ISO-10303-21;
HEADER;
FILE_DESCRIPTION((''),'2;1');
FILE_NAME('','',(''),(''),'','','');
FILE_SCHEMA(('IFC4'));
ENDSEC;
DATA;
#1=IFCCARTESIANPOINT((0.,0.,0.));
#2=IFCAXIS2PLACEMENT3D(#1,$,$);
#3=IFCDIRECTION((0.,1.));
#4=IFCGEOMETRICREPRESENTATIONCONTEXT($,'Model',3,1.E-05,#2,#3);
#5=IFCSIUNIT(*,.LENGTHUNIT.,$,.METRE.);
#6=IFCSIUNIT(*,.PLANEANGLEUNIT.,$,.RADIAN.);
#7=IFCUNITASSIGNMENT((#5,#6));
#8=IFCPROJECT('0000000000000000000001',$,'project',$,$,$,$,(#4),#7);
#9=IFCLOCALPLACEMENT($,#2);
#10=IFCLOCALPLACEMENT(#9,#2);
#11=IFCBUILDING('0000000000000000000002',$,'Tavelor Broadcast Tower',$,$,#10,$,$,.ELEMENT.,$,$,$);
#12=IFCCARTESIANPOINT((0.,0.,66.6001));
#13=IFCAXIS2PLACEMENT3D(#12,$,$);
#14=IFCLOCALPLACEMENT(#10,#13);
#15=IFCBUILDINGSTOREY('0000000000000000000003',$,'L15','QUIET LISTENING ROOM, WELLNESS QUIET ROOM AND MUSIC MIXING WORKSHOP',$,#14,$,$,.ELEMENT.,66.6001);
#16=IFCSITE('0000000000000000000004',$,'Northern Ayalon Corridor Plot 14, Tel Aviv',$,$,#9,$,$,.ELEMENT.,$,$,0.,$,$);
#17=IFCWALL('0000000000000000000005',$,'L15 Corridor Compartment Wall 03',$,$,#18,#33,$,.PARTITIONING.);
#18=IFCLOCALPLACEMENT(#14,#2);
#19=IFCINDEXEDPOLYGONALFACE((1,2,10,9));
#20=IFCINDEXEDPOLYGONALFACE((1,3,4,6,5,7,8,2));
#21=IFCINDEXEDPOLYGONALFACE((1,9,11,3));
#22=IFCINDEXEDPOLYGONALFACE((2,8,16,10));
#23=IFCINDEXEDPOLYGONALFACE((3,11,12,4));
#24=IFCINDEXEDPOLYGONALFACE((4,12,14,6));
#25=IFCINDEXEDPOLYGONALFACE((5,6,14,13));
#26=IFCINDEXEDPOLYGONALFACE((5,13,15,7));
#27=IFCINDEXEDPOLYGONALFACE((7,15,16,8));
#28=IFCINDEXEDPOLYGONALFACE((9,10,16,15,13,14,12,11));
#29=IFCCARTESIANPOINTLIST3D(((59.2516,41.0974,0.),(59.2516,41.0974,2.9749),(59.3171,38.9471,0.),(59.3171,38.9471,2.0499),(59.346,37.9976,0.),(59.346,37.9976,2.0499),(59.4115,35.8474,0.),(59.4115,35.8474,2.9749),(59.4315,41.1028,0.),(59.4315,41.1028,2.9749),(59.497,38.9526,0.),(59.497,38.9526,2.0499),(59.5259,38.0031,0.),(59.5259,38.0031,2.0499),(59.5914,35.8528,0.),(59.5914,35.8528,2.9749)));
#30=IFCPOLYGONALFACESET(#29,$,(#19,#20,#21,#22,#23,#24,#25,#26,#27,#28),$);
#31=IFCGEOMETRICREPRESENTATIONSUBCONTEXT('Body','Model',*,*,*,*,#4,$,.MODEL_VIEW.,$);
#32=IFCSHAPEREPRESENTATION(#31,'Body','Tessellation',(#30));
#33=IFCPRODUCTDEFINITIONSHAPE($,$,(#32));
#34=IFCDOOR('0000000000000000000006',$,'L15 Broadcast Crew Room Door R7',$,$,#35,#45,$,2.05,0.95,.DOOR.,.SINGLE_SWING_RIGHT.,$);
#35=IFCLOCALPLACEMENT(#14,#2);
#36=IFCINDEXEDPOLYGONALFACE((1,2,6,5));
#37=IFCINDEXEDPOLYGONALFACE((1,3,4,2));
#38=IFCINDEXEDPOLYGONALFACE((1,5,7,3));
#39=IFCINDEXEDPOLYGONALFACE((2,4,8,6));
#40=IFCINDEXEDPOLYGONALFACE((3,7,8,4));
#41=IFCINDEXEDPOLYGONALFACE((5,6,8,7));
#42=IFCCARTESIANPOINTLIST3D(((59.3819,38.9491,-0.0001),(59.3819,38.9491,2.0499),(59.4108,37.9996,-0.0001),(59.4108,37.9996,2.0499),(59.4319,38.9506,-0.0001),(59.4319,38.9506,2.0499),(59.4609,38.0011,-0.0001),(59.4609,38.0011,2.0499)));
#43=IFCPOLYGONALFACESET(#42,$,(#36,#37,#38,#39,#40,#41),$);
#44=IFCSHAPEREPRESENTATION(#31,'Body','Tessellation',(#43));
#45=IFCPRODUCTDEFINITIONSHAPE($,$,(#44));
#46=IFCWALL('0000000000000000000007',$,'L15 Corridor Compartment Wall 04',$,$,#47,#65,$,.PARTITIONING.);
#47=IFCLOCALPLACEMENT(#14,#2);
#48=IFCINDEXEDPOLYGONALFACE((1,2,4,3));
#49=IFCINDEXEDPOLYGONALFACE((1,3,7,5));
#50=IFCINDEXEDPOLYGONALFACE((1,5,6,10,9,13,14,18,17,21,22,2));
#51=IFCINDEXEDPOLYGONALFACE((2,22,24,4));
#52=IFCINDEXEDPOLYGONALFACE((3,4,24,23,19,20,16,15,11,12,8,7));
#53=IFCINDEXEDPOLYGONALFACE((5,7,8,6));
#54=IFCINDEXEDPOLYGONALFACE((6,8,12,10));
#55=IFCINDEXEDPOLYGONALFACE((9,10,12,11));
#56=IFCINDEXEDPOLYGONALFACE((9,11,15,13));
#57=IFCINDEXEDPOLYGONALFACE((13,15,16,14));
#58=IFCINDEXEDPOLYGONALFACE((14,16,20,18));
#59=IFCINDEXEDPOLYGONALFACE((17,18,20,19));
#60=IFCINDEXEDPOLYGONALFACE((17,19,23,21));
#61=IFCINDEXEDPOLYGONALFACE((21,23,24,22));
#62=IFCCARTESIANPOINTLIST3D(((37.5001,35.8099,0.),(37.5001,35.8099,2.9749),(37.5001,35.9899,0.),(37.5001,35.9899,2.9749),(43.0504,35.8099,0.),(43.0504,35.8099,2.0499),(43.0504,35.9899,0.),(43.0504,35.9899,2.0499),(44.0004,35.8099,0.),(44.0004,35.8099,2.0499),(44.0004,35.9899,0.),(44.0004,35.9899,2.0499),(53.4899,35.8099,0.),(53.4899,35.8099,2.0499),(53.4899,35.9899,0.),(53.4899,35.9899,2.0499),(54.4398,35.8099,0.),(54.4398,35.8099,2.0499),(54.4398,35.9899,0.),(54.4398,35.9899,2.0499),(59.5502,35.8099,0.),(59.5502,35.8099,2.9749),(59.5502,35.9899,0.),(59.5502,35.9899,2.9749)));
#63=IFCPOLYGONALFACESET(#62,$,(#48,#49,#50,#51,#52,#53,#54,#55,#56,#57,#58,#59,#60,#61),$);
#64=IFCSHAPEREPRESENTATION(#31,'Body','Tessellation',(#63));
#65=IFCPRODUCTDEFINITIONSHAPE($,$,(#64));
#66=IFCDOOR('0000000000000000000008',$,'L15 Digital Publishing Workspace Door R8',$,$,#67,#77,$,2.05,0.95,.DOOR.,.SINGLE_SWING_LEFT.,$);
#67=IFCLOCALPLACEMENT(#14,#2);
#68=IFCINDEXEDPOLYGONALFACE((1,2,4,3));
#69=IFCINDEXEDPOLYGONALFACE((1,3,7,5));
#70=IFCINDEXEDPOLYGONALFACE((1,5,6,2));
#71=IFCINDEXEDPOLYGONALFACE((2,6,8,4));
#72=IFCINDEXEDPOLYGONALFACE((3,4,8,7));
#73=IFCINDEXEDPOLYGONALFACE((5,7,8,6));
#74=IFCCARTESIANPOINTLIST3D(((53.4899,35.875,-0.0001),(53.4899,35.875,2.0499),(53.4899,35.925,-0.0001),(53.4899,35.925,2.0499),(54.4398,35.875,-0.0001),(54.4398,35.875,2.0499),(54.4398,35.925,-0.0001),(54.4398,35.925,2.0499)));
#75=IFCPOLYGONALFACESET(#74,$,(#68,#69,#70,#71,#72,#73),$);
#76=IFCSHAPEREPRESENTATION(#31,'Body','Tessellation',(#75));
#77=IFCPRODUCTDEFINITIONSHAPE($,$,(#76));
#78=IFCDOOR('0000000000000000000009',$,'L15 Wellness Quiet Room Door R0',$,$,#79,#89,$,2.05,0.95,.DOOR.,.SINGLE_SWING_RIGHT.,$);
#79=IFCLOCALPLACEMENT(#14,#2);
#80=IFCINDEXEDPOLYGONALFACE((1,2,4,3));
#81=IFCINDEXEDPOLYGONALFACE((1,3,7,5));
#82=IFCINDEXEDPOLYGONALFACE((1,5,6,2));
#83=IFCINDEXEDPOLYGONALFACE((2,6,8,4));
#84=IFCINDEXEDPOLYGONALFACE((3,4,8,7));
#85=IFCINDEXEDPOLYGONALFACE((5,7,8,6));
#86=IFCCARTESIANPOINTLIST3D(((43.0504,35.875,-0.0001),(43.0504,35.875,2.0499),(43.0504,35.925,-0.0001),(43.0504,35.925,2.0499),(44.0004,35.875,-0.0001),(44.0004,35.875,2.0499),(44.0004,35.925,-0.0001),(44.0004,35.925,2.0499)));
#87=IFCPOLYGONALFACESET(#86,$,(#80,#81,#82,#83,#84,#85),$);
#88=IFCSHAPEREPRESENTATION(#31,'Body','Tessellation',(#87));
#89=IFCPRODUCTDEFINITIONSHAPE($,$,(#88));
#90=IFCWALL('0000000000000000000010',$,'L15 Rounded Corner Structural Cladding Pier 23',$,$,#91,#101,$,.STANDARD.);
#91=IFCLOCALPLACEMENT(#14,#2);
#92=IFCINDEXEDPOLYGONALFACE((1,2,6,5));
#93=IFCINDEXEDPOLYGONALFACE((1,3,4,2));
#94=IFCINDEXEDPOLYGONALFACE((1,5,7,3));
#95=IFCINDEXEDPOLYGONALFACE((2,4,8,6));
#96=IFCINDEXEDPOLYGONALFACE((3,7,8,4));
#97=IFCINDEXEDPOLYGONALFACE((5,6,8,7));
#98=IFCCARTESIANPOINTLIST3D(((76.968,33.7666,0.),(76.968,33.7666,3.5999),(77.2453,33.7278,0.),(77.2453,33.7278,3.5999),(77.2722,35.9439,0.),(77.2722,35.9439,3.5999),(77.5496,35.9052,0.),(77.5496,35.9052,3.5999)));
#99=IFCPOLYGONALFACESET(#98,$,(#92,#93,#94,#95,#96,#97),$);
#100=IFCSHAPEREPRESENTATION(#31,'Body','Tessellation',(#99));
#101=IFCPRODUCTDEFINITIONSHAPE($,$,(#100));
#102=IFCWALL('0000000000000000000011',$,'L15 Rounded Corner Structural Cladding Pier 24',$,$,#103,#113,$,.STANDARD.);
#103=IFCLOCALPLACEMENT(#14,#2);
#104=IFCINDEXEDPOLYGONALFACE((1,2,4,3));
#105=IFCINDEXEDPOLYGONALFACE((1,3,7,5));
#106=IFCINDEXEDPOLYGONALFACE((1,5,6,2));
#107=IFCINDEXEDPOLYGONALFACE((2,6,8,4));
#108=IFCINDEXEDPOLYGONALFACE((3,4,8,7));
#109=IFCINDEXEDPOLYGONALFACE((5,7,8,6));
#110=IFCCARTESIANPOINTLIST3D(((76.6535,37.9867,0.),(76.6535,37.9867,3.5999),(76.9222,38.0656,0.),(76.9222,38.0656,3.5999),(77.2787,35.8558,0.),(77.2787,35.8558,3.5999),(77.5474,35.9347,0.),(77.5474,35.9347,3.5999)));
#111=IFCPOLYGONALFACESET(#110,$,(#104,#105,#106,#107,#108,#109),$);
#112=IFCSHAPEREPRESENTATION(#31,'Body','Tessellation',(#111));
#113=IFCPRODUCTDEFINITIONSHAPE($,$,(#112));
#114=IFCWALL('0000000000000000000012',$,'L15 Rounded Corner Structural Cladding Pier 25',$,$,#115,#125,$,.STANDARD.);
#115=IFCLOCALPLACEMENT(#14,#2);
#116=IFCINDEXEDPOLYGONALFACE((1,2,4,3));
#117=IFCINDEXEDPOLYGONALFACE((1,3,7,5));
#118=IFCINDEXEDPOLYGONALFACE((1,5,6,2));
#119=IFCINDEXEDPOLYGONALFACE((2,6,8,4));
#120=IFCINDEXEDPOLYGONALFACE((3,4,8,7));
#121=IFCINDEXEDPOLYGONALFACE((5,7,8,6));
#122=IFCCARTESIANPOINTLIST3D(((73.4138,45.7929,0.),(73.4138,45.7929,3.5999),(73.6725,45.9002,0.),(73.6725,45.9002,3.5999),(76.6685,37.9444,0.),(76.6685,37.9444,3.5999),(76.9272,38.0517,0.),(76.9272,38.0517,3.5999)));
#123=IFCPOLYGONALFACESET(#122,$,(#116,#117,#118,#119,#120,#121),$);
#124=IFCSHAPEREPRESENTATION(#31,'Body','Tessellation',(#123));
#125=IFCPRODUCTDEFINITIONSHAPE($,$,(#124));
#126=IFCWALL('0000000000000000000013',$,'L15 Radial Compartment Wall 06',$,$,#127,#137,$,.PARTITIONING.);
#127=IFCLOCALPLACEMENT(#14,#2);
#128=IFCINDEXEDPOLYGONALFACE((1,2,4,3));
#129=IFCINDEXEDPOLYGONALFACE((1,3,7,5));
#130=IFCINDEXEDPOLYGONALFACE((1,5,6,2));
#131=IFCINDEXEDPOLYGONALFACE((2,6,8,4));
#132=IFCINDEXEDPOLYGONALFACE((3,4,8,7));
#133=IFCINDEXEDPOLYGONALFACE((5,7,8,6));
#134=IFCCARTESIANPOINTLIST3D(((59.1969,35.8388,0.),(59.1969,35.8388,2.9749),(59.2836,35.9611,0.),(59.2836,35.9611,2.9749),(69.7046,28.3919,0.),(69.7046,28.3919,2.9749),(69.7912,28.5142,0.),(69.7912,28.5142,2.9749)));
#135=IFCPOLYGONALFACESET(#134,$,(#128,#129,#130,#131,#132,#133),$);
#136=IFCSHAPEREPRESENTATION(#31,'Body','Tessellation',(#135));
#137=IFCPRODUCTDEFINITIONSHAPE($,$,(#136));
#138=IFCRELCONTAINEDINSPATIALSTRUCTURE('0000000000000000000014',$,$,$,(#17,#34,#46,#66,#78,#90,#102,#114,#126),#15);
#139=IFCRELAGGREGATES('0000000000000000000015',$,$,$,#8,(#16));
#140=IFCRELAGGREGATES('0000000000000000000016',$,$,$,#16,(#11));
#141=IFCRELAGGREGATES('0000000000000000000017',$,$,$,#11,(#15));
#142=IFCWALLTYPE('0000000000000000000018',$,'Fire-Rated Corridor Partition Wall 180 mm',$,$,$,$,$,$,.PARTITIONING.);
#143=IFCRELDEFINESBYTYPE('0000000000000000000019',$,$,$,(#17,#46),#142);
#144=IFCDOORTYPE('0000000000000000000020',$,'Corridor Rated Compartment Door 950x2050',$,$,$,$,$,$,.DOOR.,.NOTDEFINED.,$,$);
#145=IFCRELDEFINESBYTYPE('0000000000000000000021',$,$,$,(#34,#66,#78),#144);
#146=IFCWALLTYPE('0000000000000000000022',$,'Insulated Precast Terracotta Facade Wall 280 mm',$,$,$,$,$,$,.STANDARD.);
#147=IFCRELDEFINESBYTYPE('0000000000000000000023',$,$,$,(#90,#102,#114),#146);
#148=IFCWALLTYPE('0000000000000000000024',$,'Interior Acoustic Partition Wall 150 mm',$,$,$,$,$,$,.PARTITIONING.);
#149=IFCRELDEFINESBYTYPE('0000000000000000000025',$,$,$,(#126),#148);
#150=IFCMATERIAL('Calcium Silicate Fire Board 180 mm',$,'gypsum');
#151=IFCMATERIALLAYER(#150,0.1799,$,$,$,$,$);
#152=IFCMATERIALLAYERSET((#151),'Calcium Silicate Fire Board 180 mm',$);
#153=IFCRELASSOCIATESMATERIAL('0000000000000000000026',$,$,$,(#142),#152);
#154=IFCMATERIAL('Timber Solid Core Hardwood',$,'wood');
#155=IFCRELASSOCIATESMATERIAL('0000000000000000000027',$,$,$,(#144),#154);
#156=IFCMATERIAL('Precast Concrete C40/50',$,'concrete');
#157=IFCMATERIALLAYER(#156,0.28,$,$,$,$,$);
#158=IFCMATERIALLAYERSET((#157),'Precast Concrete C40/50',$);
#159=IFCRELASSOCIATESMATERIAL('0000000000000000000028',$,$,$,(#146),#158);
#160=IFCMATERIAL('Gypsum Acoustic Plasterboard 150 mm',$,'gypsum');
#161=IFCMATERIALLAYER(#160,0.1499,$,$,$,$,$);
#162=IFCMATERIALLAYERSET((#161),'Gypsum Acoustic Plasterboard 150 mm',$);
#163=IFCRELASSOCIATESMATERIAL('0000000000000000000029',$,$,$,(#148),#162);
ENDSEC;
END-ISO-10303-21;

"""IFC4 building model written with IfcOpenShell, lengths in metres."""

from ifc_helpers import new_model, si_unit, direction, frame, frame_2d, origin, place, context, subcontext, project, spatial, rectangle, extrude, material, layer, layer_set, type_object, element, fill, save


model = new_model("IFC4")

# Units and contexts
model_context = context("Model", 3, precision=1e-05, world=origin(), true_north=direction((0.0, 1.0)))
body_context = subcontext(model_context, "Body", "Model", "MODEL_VIEW")
ifc_project = project(units=[si_unit("LENGTHUNIT", "METRE"), si_unit("PLANEANGLEUNIT", "RADIAN")], contexts=[model_context])

# Site, building, storey
site_placement = place(None, origin())
site = spatial("IfcSite", under=ifc_project, at=site_placement, Name="Northern Ayalon Corridor Plot 14, Tel Aviv", CompositionType="ELEMENT", RefElevation=0.0)
building_placement = place(site_placement, origin())
building = spatial("IfcBuilding", under=site, at=building_placement, Name="Tavelor Broadcast Tower", CompositionType="ELEMENT")
storey_placement = place(building_placement, frame((0.0, 0.0, 66.6001)))
storey = spatial("IfcBuildingStorey", under=building, at=storey_placement, Name="L15", Description="QUIET LISTENING ROOM, WELLNESS QUIET ROOM AND MUSIC MIXING WORKSHOP", CompositionType="ELEMENT", Elevation=66.6001)

# Wall, opening, door
ifc_material_1 = material(Name="Calcium Silicate Fire Board 180 mm", Category="gypsum")
ifc_layer_1 = layer(ifc_material_1, 0.1799)
ifc_layer_set_1 = layer_set([ifc_layer_1], Name="Calcium Silicate Fire Board 180 mm")
wall_type_1 = type_object("IfcWallType", Name="Fire-Rated Corridor Partition Wall 180 mm", PredefinedType="PARTITIONING", material=ifc_layer_set_1)
wall_1_placement = place(storey_placement, frame((59.3416, 41.1001, 0.0), z_axis=(0.0, 0.0, 1.0), x_axis=(0.030445, -0.999536, 0.0)))
wall_1 = element("IfcWall", 1, at=wall_1_placement, inside=storey, type_object=wall_type_1, Name="L15 Corridor Compartment Wall 03", PredefinedType="PARTITIONING", context=body_context, shape_type="SweptSolid", body=[
    extrude(rectangle(XDim=5.2524, YDim=0.1799, at=frame_2d((2.6262, 0.0))), origin(), (0.0, 0.0, 1.0), 2.9749),
])
opening_1_placement = place(wall_1_placement, frame((2.1511, 0.0, 0.0)))
opening_1 = element("IfcOpeningElement", 2, at=opening_1_placement, cuts=wall_1, PredefinedType="OPENING", context=body_context, shape_type="SweptSolid", body=[
    extrude(rectangle(XDim=0.95, YDim=2.05, at=frame_2d((0.4751, 1.0249))), frame((0.0, 0.1001, 0.0), z_axis=(0.0, -1.0, 0.0), x_axis=(1.0, 0.0, 0.0)), (0.0, 0.0, 1.0), 0.2),
])
ifc_material_2 = material(Name="Timber Solid Core Hardwood", Category="wood")
door_type_1 = type_object("IfcDoorType", Name="Corridor Rated Compartment Door 950x2050", OperationType="NOTDEFINED", PredefinedType="DOOR", material=ifc_material_2)
door_1_placement = place(opening_1_placement, origin())
door_1 = element("IfcDoor", 3, at=door_1_placement, inside=storey, type_object=door_type_1, Name="L15 Broadcast Crew Room Door R7", OperationType="SINGLE_SWING_RIGHT", OverallHeight=2.05, OverallWidth=0.95, PredefinedType="DOOR", context=body_context, shape_type="SweptSolid", body=[
    extrude(rectangle(XDim=0.95, YDim=2.05, at=frame_2d((0.4751, 1.0249))), frame((0.0, 0.0249, 0.0), z_axis=(0.0, -1.0, 0.0), x_axis=(1.0, 0.0, 0.0)), (0.0, 0.0, 1.0), 0.05),
])
fill(opening_1, door_1)

# Wall, openings, doors
wall_2_placement = place(storey_placement, frame((59.55, 35.8999, 0.0), z_axis=(0.0, 0.0, 1.0), x_axis=(-1.0, 0.0, 0.0)))
wall_2 = element("IfcWall", 4, at=wall_2_placement, inside=storey, type_object=wall_type_1, Name="L15 Corridor Compartment Wall 04", PredefinedType="PARTITIONING", context=body_context, shape_type="SweptSolid", body=[
    extrude(rectangle(XDim=22.05, YDim=0.1799, at=frame_2d((11.0249, 0.0))), origin(), (0.0, 0.0, 1.0), 2.9749),
])
opening_2_placement = place(wall_2_placement, frame((5.1101, 0.0, 0.0)))
opening_2 = element("IfcOpeningElement", 5, at=opening_2_placement, cuts=wall_2, PredefinedType="OPENING", context=body_context, shape_type="SweptSolid", body=[
    extrude(rectangle(XDim=0.95, YDim=2.05, at=frame_2d((0.4751, 1.0249))), frame((0.0, 0.1001, 0.0), z_axis=(0.0, -1.0, 0.0), x_axis=(1.0, 0.0, 0.0)), (0.0, 0.0, 1.0), 0.2),
])
opening_3_placement = place(wall_2_placement, frame((15.5496, 0.0, 0.0)))
opening_3 = element("IfcOpeningElement", 6, at=opening_3_placement, cuts=wall_2, PredefinedType="OPENING", context=body_context, shape_type="SweptSolid", body=[
    extrude(rectangle(XDim=0.95, YDim=2.05, at=frame_2d((0.4751, 1.0249))), frame((0.0, 0.1001, 0.0), z_axis=(0.0, -1.0, 0.0), x_axis=(1.0, 0.0, 0.0)), (0.0, 0.0, 1.0), 0.2),
])
door_2_placement = place(opening_2_placement, origin())
door_2 = element("IfcDoor", 7, at=door_2_placement, inside=storey, type_object=door_type_1, Name="L15 Digital Publishing Workspace Door R8", OperationType="SINGLE_SWING_LEFT", OverallHeight=2.05, OverallWidth=0.95, PredefinedType="DOOR", context=body_context, shape_type="SweptSolid", body=[
    extrude(rectangle(XDim=0.95, YDim=2.05, at=frame_2d((0.4751, 1.0249))), frame((0.0, 0.0249, 0.0), z_axis=(0.0, -1.0, 0.0), x_axis=(1.0, 0.0, 0.0)), (0.0, 0.0, 1.0), 0.05),
])
fill(opening_2, door_2)
door_3_placement = place(opening_3_placement, origin())
door_3 = element("IfcDoor", 8, at=door_3_placement, inside=storey, type_object=door_type_1, Name="L15 Wellness Quiet Room Door R0", OperationType="SINGLE_SWING_RIGHT", OverallHeight=2.05, OverallWidth=0.95, PredefinedType="DOOR", context=body_context, shape_type="SweptSolid", body=[
    extrude(rectangle(XDim=0.95, YDim=2.05, at=frame_2d((0.4751, 1.0249))), frame((0.0, 0.0249, 0.0), z_axis=(0.0, -1.0, 0.0), x_axis=(1.0, 0.0, 0.0)), (0.0, 0.0, 1.0), 0.05),
])
fill(opening_3, door_3)

# Walls
ifc_material_3 = material(Name="Precast Concrete C40/50", Category="concrete")
ifc_layer_2 = layer(ifc_material_3, 0.28)
ifc_layer_set_2 = layer_set([ifc_layer_2], Name="Precast Concrete C40/50")
wall_type_2 = type_object("IfcWallType", Name="Insulated Precast Terracotta Facade Wall 280 mm", PredefinedType="STANDARD", material=ifc_layer_set_2)
wall_3_placement = place(storey_placement, frame((77.1067, 33.7473, 0.0), z_axis=(0.0, 0.0, 1.0), x_axis=(0.138373, 0.99038, 0.0)))
element("IfcWall", 9, at=wall_3_placement, inside=storey, type_object=wall_type_2, Name="L15 Rounded Corner Structural Cladding Pier 23", PredefinedType="STANDARD", context=body_context, shape_type="SweptSolid", body=[
    extrude(rectangle(XDim=2.1985, YDim=0.28, at=frame_2d((1.0991, 0.0))), origin(), (0.0, 0.0, 1.0), 3.5999),
])
wall_4_placement = place(storey_placement, frame((77.4131, 35.8953, 0.0), z_axis=(0.0, 0.0, 1.0), x_axis=(-0.281553, 0.959546, 0.0)))
element("IfcWall", 10, at=wall_4_placement, inside=storey, type_object=wall_type_2, Name="L15 Rounded Corner Structural Cladding Pier 24", PredefinedType="STANDARD", context=body_context, shape_type="SweptSolid", body=[
    extrude(rectangle(XDim=2.2207, YDim=0.28, at=frame_2d((1.1104, 0.0))), origin(), (0.0, 0.0, 1.0), 3.5999),
])
wall_5_placement = place(storey_placement, frame((76.7979, 37.998, 0.0), z_axis=(0.0, 0.0, 1.0), x_axis=(-0.383058, 0.923724, 0.0)))
element("IfcWall", 11, at=wall_5_placement, inside=storey, type_object=wall_type_2, Name="L15 Rounded Corner Structural Cladding Pier 25", PredefinedType="STANDARD", context=body_context, shape_type="SweptSolid", body=[
    extrude(rectangle(XDim=8.4966, YDim=0.28, at=frame_2d((4.2483, 0.0))), origin(), (0.0, 0.0, 1.0), 3.5999),
])
ifc_material_4 = material(Name="Gypsum Acoustic Plasterboard 150 mm", Category="gypsum")
ifc_layer_3 = layer(ifc_material_4, 0.1499)
ifc_layer_set_3 = layer_set([ifc_layer_3], Name="Gypsum Acoustic Plasterboard 150 mm")
wall_type_3 = type_object("IfcWallType", Name="Interior Acoustic Partition Wall 150 mm", PredefinedType="PARTITIONING", material=ifc_layer_set_3)
wall_6_placement = place(storey_placement, frame((59.2402, 35.8999, 0.0), z_axis=(0.0, 0.0, 1.0), x_axis=(0.815881, -0.57822, 0.0)))
element("IfcWall", 12, at=wall_6_placement, inside=storey, type_object=wall_type_3, Name="L15 Radial Compartment Wall 06", PredefinedType="PARTITIONING", context=body_context, shape_type="SweptSolid", body=[
    extrude(rectangle(XDim=12.8789, YDim=0.1499, at=frame_2d((6.4395, 0.0))), origin(), (0.0, 0.0, 1.0), 2.9749),
])

save(model, "model.ifc")
